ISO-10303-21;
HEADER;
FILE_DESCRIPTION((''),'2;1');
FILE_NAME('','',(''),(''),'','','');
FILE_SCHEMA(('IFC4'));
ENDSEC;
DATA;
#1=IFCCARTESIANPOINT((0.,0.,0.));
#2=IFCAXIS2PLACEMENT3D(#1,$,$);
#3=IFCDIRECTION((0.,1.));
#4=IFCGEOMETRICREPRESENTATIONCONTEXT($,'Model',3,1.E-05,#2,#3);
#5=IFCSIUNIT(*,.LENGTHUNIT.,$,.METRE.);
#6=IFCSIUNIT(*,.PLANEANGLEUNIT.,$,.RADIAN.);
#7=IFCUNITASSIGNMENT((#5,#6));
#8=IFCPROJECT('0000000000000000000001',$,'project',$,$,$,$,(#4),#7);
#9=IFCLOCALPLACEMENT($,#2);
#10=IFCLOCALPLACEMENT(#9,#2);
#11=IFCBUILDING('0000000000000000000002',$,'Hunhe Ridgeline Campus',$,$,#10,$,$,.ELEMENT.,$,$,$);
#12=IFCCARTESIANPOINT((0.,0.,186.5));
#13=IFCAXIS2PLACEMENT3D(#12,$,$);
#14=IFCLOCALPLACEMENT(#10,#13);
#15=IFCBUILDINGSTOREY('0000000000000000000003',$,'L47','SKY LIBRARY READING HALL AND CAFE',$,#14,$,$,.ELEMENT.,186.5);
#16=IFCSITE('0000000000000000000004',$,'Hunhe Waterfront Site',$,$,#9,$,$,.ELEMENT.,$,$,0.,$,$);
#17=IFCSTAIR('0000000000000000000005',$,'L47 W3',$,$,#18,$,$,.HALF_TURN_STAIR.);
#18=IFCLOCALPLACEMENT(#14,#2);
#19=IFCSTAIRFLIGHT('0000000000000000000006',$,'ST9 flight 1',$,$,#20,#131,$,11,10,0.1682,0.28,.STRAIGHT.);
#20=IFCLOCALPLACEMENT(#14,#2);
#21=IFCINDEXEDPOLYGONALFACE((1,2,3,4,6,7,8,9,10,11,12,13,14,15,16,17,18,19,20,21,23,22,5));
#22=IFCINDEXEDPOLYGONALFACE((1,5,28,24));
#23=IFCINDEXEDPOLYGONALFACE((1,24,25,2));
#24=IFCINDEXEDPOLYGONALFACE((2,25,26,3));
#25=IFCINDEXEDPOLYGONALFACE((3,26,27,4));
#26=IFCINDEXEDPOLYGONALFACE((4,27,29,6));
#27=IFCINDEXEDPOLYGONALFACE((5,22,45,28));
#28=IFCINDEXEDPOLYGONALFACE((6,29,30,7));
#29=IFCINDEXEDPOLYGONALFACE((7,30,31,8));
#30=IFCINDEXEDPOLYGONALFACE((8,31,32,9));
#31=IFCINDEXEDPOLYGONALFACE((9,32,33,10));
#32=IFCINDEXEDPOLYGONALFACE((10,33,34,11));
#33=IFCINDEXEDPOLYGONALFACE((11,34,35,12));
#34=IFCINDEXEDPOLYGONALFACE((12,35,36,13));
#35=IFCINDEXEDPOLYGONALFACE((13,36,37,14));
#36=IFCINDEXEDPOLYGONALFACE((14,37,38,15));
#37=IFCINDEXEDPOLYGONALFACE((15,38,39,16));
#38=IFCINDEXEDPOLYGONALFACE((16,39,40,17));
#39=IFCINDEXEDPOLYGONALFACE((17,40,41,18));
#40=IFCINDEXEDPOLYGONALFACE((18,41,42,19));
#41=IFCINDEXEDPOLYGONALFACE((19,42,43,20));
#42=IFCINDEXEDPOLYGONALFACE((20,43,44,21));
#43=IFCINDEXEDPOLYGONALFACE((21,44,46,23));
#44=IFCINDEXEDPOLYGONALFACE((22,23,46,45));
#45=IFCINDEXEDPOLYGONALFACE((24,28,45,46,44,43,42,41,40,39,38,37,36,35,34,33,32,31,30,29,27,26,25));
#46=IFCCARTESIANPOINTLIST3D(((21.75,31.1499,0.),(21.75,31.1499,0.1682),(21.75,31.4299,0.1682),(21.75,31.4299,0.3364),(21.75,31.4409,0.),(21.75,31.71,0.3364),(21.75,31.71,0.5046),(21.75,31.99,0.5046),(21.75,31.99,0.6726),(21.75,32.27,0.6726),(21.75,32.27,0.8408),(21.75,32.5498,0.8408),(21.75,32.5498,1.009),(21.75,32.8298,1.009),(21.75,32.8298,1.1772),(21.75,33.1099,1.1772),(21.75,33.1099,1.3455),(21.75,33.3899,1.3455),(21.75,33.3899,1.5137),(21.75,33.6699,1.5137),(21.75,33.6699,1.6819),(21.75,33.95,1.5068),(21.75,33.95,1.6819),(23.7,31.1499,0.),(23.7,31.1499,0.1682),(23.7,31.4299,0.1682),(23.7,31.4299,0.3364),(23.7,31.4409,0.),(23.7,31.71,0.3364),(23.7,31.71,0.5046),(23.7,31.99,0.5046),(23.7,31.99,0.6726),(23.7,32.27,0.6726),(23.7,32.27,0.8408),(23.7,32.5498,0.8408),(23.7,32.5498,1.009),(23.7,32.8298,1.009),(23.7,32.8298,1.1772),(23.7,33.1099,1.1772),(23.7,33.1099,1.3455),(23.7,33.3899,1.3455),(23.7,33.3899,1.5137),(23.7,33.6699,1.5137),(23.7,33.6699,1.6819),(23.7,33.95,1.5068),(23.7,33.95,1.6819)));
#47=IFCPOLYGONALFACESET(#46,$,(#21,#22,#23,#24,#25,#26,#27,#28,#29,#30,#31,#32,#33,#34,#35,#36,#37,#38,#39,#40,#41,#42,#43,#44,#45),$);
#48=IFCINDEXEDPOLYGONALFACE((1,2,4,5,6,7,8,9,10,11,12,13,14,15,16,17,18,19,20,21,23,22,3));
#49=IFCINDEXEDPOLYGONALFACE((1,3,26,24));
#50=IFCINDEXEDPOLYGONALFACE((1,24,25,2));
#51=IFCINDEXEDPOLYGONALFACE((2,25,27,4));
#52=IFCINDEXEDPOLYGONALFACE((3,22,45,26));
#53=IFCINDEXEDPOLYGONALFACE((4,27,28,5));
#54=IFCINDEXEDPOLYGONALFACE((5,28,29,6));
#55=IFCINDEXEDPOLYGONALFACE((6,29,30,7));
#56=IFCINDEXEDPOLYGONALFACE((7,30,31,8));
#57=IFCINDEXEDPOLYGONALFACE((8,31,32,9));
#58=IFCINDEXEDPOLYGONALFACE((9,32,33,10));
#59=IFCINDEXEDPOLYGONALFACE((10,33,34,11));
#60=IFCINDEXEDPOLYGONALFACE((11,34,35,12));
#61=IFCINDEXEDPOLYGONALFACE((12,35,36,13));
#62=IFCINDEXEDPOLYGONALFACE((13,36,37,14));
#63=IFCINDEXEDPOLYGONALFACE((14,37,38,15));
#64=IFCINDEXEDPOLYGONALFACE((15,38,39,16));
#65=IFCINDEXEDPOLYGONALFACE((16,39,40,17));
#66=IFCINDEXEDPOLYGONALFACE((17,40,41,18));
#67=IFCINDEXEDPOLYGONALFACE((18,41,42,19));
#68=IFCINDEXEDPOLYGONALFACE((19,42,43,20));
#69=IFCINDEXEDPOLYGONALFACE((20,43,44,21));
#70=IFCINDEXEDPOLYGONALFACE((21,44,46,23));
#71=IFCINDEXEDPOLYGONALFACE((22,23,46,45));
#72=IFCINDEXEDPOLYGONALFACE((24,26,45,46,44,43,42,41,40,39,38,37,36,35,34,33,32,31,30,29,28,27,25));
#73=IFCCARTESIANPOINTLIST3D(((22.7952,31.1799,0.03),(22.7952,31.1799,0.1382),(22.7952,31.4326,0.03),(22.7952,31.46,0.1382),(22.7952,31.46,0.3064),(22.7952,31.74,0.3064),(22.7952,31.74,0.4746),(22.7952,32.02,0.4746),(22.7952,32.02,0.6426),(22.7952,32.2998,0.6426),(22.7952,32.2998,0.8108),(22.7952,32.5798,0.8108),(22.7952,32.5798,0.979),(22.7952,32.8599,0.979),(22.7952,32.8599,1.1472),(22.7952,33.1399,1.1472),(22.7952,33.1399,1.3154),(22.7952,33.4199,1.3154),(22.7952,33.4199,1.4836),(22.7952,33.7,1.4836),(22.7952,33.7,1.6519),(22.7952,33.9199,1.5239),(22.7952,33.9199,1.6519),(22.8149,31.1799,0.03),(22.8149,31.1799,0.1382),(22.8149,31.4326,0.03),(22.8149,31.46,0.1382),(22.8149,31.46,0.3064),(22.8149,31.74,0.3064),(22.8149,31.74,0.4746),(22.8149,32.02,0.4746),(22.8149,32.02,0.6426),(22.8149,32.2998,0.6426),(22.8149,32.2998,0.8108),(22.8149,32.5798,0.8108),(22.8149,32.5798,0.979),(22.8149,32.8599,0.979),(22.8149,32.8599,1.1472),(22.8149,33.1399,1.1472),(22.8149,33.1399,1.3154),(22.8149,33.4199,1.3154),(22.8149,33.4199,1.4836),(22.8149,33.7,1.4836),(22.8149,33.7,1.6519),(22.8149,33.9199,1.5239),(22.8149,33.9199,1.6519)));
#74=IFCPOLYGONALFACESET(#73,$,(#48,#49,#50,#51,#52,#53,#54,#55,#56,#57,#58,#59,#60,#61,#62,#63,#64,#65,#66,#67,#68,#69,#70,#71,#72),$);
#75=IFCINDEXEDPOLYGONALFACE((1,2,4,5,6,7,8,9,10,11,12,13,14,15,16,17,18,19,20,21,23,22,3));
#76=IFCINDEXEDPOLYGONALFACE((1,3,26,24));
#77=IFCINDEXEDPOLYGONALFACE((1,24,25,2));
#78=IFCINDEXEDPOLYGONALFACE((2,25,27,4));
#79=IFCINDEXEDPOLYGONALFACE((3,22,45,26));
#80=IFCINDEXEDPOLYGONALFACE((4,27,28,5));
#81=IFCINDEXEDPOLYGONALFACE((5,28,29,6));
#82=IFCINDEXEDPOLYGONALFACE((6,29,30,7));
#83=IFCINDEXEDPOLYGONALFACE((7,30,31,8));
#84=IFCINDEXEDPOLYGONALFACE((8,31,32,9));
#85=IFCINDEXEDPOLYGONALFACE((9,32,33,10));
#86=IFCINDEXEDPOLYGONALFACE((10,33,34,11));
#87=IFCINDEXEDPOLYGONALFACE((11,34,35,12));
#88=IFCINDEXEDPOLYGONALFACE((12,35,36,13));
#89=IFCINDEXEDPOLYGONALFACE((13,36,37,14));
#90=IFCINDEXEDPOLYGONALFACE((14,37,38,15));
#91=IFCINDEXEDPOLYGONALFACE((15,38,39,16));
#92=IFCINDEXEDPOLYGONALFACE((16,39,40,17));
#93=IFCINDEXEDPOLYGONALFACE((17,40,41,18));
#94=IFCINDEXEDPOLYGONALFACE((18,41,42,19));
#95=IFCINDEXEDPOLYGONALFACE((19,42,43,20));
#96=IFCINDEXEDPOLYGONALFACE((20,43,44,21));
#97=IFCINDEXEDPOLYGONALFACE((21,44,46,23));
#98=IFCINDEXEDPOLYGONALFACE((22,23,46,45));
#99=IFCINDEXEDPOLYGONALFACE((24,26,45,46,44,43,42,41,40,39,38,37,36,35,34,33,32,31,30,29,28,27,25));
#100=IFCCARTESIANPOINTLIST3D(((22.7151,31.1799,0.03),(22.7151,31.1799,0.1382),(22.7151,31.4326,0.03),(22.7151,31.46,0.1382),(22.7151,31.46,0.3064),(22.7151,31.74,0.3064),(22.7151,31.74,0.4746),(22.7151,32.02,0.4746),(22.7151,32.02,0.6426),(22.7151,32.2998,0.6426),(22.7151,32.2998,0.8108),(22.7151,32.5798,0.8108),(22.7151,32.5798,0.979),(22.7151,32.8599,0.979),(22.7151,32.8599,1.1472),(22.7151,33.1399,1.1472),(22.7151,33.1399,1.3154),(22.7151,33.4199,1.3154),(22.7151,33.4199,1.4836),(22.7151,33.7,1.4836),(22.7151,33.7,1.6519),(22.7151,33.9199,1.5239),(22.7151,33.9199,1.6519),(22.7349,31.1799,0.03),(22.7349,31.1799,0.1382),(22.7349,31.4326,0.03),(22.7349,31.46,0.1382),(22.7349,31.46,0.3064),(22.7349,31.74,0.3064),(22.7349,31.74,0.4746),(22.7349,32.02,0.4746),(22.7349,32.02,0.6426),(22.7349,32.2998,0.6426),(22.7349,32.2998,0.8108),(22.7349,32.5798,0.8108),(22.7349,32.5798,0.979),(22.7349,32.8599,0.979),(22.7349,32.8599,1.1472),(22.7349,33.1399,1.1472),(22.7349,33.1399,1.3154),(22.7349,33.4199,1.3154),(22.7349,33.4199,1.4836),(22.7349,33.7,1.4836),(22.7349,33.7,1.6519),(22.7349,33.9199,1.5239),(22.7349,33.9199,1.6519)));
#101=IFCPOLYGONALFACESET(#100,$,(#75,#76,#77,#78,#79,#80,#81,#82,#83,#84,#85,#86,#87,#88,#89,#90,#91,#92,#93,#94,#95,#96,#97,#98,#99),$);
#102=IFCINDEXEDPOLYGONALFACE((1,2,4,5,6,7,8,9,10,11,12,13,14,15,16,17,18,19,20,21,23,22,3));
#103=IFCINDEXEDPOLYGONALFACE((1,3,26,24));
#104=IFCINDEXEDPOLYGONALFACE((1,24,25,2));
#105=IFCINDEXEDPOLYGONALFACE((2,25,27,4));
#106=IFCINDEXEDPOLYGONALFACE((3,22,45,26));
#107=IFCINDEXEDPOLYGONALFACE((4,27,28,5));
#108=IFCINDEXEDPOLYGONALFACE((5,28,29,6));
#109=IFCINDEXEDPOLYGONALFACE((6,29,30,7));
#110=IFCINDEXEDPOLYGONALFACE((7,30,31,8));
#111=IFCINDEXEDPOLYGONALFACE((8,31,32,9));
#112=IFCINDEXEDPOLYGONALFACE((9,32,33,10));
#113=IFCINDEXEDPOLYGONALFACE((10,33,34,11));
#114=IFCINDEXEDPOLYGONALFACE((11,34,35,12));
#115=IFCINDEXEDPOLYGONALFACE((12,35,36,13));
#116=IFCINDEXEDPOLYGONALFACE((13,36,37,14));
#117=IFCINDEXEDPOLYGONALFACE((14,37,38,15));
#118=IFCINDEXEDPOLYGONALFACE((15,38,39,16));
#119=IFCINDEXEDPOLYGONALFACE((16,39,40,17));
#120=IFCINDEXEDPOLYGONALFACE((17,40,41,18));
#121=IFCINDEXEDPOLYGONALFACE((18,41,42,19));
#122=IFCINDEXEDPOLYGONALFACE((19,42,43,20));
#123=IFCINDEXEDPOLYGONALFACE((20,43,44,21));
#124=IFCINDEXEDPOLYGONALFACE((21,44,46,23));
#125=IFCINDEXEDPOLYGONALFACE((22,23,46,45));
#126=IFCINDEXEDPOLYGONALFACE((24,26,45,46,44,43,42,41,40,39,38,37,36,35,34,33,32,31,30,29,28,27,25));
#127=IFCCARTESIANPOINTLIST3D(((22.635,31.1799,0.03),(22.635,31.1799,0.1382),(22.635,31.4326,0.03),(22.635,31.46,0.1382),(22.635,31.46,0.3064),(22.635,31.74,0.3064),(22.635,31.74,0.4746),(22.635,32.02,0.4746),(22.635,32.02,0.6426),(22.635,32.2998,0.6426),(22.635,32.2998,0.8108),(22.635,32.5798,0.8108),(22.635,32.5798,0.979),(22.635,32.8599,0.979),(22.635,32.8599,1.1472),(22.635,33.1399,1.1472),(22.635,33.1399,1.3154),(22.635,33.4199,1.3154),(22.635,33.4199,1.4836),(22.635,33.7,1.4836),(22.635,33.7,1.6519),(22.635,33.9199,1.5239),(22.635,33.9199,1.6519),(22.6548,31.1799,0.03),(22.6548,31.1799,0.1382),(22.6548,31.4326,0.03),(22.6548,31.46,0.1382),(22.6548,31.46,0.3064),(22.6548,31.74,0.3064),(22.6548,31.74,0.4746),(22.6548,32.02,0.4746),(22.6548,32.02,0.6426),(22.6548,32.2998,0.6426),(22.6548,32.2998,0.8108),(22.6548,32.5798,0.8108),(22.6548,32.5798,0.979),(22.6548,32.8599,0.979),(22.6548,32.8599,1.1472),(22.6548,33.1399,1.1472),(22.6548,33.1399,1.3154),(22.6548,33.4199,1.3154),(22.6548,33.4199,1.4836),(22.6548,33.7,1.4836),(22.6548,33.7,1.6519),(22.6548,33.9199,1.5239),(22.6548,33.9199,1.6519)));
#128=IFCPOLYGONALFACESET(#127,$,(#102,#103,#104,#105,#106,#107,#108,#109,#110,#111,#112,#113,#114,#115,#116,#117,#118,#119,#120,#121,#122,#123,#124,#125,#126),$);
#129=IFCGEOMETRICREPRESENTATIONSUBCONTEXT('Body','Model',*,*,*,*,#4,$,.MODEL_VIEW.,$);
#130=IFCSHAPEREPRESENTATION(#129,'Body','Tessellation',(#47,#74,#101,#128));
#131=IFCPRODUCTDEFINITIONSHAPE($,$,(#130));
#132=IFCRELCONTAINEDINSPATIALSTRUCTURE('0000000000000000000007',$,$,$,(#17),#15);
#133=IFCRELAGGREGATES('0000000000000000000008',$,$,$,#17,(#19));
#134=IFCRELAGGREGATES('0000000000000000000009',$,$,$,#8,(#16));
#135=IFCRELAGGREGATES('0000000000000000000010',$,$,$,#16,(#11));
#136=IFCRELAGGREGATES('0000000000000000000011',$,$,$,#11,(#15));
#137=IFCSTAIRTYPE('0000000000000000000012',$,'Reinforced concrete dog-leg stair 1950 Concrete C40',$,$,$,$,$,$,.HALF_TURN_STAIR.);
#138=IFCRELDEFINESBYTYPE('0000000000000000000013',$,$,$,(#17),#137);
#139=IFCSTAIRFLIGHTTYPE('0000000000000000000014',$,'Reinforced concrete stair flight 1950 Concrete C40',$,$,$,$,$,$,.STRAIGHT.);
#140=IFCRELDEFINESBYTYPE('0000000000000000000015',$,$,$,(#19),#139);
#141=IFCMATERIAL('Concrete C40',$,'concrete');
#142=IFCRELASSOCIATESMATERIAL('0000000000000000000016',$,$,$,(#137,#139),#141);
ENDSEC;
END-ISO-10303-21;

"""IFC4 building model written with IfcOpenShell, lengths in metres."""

from ifc_helpers import new_model, si_unit, direction, frame, origin, place, context, subcontext, project, spatial, polyline, outline, extrude, material, type_object, element, aggregate, save


model = new_model("IFC4")

# Units and contexts
model_context = context("Model", 3, precision=1e-05, world=origin(), true_north=direction((0.0, 1.0)))
body_context = subcontext(model_context, "Body", "Model", "MODEL_VIEW")
ifc_project = project(units=[si_unit("LENGTHUNIT", "METRE"), si_unit("PLANEANGLEUNIT", "RADIAN")], contexts=[model_context])

# Site, building, storey
site_placement = place(None, origin())
site = spatial("IfcSite", under=ifc_project, at=site_placement, Name="Hunhe Waterfront Site", CompositionType="ELEMENT", RefElevation=0.0)
building_placement = place(site_placement, origin())
building = spatial("IfcBuilding", under=site, at=building_placement, Name="Hunhe Ridgeline Campus", CompositionType="ELEMENT")
storey_placement = place(building_placement, frame((0.0, 0.0, 186.5)))
storey = spatial("IfcBuildingStorey", under=building, at=storey_placement, Name="L47", Description="SKY LIBRARY READING HALL AND CAFE", CompositionType="ELEMENT", Elevation=186.5)

# Stair, stair flight
ifc_material_1 = material(Name="Concrete C40", Category="concrete")
stair_type = type_object("IfcStairType", Name="Reinforced concrete dog-leg stair 1950 Concrete C40", PredefinedType="HALF_TURN_STAIR", material=ifc_material_1)
stair_placement = place(storey_placement, origin())
stair = element("IfcStair", 1, at=stair_placement, inside=storey, type_object=stair_type, Name="L47 W3", PredefinedType="HALF_TURN_STAIR")
stair_flight_type = type_object("IfcStairFlightType", Name="Reinforced concrete stair flight 1950 Concrete C40", PredefinedType="STRAIGHT", material=ifc_material_1)
stair_flight_1_placement = place(storey_placement, frame((22.7251, 31.1499, 0.0), z_axis=(0.0, 0.0, 1.0), x_axis=(0.0, 1.0, 0.0)))
stair_flight_1 = element("IfcStairFlight", 2, at=stair_flight_1_placement, type_object=stair_flight_type, Name="ST9 flight 1", NumberOfRisers=11, NumberOfTreads=10, PredefinedType="STRAIGHT", RiserHeight=0.1682, TreadLength=0.28, context=body_context, shape_type="SweptSolid", body=[
    extrude(outline(polyline([(0.0, 0.0), (0.0, 0.1682), (0.28, 0.1682), (0.28, 0.3364), (0.5601, 0.3364), (0.5601, 0.5046), (0.8401, 0.5046), (0.8401, 0.6726), (1.1201, 0.6726), (1.1201, 0.8408), (1.3999, 0.8408), (1.3999, 1.009), (1.6799, 1.009), (1.6799, 1.1772), (1.96, 1.1772), (1.96, 1.3455), (2.24, 1.3455), (2.24, 1.5137), (2.52, 1.5137), (2.52, 1.6819), (2.8, 1.6819), (2.8, 1.8501), (2.8, 1.5068), (0.291, 0.0), (0.0, 0.0)])), frame((0.0, 0.9751, 0.0), z_axis=(0.0, -1.0, 0.0), x_axis=(1.0, 0.0, 0.0)), (0.0, 0.0, 1.0), 1.95),
    extrude(outline(polyline([(0.03, 0.03), (0.03, 0.1382), (0.3101, 0.1382), (0.3101, 0.3064), (0.5901, 0.3064), (0.5901, 0.4746), (0.8701, 0.4746), (0.8701, 0.6426), (1.1499, 0.6426), (1.1499, 0.8108), (1.4299, 0.8108), (1.4299, 0.979), (1.71, 0.979), (1.71, 1.1472), (1.99, 1.1472), (1.99, 1.3154), (2.27, 1.3154), (2.27, 1.4836), (2.55, 1.4836), (2.55, 1.6519), (2.77, 1.6519), (2.77, 1.5239), (0.2827, 0.03), (0.03, 0.03)])), frame((0.0, -0.0701, 0.0), z_axis=(0.0, -1.0, 0.0), x_axis=(1.0, 0.0, 0.0)), (0.0, 0.0, 1.0), 0.0198),
    extrude(outline(polyline([(0.03, 0.03), (0.03, 0.1382), (0.3101, 0.1382), (0.3101, 0.3064), (0.5901, 0.3064), (0.5901, 0.4746), (0.8701, 0.4746), (0.8701, 0.6426), (1.1499, 0.6426), (1.1499, 0.8108), (1.4299, 0.8108), (1.4299, 0.979), (1.71, 0.979), (1.71, 1.1472), (1.99, 1.1472), (1.99, 1.3154), (2.27, 1.3154), (2.27, 1.4836), (2.55, 1.4836), (2.55, 1.6519), (2.77, 1.6519), (2.77, 1.5239), (0.2827, 0.03), (0.03, 0.03)])), frame((0.0, 0.01, 0.0), z_axis=(0.0, -1.0, 0.0), x_axis=(1.0, 0.0, 0.0)), (0.0, 0.0, 1.0), 0.0198),
    extrude(outline(polyline([(0.03, 0.03), (0.03, 0.1382), (0.3101, 0.1382), (0.3101, 0.3064), (0.5901, 0.3064), (0.5901, 0.4746), (0.8701, 0.4746), (0.8701, 0.6426), (1.1499, 0.6426), (1.1499, 0.8108), (1.4299, 0.8108), (1.4299, 0.979), (1.71, 0.979), (1.71, 1.1472), (1.99, 1.1472), (1.99, 1.3154), (2.27, 1.3154), (2.27, 1.4836), (2.55, 1.4836), (2.55, 1.6519), (2.77, 1.6519), (2.77, 1.5239), (0.2827, 0.03), (0.03, 0.03)])), frame((0.0, 0.0901, 0.0), z_axis=(0.0, -1.0, 0.0), x_axis=(1.0, 0.0, 0.0)), (0.0, 0.0, 1.0), 0.0198),
])
aggregate(stair, [stair_flight_1])

save(model, "model.ifc")
